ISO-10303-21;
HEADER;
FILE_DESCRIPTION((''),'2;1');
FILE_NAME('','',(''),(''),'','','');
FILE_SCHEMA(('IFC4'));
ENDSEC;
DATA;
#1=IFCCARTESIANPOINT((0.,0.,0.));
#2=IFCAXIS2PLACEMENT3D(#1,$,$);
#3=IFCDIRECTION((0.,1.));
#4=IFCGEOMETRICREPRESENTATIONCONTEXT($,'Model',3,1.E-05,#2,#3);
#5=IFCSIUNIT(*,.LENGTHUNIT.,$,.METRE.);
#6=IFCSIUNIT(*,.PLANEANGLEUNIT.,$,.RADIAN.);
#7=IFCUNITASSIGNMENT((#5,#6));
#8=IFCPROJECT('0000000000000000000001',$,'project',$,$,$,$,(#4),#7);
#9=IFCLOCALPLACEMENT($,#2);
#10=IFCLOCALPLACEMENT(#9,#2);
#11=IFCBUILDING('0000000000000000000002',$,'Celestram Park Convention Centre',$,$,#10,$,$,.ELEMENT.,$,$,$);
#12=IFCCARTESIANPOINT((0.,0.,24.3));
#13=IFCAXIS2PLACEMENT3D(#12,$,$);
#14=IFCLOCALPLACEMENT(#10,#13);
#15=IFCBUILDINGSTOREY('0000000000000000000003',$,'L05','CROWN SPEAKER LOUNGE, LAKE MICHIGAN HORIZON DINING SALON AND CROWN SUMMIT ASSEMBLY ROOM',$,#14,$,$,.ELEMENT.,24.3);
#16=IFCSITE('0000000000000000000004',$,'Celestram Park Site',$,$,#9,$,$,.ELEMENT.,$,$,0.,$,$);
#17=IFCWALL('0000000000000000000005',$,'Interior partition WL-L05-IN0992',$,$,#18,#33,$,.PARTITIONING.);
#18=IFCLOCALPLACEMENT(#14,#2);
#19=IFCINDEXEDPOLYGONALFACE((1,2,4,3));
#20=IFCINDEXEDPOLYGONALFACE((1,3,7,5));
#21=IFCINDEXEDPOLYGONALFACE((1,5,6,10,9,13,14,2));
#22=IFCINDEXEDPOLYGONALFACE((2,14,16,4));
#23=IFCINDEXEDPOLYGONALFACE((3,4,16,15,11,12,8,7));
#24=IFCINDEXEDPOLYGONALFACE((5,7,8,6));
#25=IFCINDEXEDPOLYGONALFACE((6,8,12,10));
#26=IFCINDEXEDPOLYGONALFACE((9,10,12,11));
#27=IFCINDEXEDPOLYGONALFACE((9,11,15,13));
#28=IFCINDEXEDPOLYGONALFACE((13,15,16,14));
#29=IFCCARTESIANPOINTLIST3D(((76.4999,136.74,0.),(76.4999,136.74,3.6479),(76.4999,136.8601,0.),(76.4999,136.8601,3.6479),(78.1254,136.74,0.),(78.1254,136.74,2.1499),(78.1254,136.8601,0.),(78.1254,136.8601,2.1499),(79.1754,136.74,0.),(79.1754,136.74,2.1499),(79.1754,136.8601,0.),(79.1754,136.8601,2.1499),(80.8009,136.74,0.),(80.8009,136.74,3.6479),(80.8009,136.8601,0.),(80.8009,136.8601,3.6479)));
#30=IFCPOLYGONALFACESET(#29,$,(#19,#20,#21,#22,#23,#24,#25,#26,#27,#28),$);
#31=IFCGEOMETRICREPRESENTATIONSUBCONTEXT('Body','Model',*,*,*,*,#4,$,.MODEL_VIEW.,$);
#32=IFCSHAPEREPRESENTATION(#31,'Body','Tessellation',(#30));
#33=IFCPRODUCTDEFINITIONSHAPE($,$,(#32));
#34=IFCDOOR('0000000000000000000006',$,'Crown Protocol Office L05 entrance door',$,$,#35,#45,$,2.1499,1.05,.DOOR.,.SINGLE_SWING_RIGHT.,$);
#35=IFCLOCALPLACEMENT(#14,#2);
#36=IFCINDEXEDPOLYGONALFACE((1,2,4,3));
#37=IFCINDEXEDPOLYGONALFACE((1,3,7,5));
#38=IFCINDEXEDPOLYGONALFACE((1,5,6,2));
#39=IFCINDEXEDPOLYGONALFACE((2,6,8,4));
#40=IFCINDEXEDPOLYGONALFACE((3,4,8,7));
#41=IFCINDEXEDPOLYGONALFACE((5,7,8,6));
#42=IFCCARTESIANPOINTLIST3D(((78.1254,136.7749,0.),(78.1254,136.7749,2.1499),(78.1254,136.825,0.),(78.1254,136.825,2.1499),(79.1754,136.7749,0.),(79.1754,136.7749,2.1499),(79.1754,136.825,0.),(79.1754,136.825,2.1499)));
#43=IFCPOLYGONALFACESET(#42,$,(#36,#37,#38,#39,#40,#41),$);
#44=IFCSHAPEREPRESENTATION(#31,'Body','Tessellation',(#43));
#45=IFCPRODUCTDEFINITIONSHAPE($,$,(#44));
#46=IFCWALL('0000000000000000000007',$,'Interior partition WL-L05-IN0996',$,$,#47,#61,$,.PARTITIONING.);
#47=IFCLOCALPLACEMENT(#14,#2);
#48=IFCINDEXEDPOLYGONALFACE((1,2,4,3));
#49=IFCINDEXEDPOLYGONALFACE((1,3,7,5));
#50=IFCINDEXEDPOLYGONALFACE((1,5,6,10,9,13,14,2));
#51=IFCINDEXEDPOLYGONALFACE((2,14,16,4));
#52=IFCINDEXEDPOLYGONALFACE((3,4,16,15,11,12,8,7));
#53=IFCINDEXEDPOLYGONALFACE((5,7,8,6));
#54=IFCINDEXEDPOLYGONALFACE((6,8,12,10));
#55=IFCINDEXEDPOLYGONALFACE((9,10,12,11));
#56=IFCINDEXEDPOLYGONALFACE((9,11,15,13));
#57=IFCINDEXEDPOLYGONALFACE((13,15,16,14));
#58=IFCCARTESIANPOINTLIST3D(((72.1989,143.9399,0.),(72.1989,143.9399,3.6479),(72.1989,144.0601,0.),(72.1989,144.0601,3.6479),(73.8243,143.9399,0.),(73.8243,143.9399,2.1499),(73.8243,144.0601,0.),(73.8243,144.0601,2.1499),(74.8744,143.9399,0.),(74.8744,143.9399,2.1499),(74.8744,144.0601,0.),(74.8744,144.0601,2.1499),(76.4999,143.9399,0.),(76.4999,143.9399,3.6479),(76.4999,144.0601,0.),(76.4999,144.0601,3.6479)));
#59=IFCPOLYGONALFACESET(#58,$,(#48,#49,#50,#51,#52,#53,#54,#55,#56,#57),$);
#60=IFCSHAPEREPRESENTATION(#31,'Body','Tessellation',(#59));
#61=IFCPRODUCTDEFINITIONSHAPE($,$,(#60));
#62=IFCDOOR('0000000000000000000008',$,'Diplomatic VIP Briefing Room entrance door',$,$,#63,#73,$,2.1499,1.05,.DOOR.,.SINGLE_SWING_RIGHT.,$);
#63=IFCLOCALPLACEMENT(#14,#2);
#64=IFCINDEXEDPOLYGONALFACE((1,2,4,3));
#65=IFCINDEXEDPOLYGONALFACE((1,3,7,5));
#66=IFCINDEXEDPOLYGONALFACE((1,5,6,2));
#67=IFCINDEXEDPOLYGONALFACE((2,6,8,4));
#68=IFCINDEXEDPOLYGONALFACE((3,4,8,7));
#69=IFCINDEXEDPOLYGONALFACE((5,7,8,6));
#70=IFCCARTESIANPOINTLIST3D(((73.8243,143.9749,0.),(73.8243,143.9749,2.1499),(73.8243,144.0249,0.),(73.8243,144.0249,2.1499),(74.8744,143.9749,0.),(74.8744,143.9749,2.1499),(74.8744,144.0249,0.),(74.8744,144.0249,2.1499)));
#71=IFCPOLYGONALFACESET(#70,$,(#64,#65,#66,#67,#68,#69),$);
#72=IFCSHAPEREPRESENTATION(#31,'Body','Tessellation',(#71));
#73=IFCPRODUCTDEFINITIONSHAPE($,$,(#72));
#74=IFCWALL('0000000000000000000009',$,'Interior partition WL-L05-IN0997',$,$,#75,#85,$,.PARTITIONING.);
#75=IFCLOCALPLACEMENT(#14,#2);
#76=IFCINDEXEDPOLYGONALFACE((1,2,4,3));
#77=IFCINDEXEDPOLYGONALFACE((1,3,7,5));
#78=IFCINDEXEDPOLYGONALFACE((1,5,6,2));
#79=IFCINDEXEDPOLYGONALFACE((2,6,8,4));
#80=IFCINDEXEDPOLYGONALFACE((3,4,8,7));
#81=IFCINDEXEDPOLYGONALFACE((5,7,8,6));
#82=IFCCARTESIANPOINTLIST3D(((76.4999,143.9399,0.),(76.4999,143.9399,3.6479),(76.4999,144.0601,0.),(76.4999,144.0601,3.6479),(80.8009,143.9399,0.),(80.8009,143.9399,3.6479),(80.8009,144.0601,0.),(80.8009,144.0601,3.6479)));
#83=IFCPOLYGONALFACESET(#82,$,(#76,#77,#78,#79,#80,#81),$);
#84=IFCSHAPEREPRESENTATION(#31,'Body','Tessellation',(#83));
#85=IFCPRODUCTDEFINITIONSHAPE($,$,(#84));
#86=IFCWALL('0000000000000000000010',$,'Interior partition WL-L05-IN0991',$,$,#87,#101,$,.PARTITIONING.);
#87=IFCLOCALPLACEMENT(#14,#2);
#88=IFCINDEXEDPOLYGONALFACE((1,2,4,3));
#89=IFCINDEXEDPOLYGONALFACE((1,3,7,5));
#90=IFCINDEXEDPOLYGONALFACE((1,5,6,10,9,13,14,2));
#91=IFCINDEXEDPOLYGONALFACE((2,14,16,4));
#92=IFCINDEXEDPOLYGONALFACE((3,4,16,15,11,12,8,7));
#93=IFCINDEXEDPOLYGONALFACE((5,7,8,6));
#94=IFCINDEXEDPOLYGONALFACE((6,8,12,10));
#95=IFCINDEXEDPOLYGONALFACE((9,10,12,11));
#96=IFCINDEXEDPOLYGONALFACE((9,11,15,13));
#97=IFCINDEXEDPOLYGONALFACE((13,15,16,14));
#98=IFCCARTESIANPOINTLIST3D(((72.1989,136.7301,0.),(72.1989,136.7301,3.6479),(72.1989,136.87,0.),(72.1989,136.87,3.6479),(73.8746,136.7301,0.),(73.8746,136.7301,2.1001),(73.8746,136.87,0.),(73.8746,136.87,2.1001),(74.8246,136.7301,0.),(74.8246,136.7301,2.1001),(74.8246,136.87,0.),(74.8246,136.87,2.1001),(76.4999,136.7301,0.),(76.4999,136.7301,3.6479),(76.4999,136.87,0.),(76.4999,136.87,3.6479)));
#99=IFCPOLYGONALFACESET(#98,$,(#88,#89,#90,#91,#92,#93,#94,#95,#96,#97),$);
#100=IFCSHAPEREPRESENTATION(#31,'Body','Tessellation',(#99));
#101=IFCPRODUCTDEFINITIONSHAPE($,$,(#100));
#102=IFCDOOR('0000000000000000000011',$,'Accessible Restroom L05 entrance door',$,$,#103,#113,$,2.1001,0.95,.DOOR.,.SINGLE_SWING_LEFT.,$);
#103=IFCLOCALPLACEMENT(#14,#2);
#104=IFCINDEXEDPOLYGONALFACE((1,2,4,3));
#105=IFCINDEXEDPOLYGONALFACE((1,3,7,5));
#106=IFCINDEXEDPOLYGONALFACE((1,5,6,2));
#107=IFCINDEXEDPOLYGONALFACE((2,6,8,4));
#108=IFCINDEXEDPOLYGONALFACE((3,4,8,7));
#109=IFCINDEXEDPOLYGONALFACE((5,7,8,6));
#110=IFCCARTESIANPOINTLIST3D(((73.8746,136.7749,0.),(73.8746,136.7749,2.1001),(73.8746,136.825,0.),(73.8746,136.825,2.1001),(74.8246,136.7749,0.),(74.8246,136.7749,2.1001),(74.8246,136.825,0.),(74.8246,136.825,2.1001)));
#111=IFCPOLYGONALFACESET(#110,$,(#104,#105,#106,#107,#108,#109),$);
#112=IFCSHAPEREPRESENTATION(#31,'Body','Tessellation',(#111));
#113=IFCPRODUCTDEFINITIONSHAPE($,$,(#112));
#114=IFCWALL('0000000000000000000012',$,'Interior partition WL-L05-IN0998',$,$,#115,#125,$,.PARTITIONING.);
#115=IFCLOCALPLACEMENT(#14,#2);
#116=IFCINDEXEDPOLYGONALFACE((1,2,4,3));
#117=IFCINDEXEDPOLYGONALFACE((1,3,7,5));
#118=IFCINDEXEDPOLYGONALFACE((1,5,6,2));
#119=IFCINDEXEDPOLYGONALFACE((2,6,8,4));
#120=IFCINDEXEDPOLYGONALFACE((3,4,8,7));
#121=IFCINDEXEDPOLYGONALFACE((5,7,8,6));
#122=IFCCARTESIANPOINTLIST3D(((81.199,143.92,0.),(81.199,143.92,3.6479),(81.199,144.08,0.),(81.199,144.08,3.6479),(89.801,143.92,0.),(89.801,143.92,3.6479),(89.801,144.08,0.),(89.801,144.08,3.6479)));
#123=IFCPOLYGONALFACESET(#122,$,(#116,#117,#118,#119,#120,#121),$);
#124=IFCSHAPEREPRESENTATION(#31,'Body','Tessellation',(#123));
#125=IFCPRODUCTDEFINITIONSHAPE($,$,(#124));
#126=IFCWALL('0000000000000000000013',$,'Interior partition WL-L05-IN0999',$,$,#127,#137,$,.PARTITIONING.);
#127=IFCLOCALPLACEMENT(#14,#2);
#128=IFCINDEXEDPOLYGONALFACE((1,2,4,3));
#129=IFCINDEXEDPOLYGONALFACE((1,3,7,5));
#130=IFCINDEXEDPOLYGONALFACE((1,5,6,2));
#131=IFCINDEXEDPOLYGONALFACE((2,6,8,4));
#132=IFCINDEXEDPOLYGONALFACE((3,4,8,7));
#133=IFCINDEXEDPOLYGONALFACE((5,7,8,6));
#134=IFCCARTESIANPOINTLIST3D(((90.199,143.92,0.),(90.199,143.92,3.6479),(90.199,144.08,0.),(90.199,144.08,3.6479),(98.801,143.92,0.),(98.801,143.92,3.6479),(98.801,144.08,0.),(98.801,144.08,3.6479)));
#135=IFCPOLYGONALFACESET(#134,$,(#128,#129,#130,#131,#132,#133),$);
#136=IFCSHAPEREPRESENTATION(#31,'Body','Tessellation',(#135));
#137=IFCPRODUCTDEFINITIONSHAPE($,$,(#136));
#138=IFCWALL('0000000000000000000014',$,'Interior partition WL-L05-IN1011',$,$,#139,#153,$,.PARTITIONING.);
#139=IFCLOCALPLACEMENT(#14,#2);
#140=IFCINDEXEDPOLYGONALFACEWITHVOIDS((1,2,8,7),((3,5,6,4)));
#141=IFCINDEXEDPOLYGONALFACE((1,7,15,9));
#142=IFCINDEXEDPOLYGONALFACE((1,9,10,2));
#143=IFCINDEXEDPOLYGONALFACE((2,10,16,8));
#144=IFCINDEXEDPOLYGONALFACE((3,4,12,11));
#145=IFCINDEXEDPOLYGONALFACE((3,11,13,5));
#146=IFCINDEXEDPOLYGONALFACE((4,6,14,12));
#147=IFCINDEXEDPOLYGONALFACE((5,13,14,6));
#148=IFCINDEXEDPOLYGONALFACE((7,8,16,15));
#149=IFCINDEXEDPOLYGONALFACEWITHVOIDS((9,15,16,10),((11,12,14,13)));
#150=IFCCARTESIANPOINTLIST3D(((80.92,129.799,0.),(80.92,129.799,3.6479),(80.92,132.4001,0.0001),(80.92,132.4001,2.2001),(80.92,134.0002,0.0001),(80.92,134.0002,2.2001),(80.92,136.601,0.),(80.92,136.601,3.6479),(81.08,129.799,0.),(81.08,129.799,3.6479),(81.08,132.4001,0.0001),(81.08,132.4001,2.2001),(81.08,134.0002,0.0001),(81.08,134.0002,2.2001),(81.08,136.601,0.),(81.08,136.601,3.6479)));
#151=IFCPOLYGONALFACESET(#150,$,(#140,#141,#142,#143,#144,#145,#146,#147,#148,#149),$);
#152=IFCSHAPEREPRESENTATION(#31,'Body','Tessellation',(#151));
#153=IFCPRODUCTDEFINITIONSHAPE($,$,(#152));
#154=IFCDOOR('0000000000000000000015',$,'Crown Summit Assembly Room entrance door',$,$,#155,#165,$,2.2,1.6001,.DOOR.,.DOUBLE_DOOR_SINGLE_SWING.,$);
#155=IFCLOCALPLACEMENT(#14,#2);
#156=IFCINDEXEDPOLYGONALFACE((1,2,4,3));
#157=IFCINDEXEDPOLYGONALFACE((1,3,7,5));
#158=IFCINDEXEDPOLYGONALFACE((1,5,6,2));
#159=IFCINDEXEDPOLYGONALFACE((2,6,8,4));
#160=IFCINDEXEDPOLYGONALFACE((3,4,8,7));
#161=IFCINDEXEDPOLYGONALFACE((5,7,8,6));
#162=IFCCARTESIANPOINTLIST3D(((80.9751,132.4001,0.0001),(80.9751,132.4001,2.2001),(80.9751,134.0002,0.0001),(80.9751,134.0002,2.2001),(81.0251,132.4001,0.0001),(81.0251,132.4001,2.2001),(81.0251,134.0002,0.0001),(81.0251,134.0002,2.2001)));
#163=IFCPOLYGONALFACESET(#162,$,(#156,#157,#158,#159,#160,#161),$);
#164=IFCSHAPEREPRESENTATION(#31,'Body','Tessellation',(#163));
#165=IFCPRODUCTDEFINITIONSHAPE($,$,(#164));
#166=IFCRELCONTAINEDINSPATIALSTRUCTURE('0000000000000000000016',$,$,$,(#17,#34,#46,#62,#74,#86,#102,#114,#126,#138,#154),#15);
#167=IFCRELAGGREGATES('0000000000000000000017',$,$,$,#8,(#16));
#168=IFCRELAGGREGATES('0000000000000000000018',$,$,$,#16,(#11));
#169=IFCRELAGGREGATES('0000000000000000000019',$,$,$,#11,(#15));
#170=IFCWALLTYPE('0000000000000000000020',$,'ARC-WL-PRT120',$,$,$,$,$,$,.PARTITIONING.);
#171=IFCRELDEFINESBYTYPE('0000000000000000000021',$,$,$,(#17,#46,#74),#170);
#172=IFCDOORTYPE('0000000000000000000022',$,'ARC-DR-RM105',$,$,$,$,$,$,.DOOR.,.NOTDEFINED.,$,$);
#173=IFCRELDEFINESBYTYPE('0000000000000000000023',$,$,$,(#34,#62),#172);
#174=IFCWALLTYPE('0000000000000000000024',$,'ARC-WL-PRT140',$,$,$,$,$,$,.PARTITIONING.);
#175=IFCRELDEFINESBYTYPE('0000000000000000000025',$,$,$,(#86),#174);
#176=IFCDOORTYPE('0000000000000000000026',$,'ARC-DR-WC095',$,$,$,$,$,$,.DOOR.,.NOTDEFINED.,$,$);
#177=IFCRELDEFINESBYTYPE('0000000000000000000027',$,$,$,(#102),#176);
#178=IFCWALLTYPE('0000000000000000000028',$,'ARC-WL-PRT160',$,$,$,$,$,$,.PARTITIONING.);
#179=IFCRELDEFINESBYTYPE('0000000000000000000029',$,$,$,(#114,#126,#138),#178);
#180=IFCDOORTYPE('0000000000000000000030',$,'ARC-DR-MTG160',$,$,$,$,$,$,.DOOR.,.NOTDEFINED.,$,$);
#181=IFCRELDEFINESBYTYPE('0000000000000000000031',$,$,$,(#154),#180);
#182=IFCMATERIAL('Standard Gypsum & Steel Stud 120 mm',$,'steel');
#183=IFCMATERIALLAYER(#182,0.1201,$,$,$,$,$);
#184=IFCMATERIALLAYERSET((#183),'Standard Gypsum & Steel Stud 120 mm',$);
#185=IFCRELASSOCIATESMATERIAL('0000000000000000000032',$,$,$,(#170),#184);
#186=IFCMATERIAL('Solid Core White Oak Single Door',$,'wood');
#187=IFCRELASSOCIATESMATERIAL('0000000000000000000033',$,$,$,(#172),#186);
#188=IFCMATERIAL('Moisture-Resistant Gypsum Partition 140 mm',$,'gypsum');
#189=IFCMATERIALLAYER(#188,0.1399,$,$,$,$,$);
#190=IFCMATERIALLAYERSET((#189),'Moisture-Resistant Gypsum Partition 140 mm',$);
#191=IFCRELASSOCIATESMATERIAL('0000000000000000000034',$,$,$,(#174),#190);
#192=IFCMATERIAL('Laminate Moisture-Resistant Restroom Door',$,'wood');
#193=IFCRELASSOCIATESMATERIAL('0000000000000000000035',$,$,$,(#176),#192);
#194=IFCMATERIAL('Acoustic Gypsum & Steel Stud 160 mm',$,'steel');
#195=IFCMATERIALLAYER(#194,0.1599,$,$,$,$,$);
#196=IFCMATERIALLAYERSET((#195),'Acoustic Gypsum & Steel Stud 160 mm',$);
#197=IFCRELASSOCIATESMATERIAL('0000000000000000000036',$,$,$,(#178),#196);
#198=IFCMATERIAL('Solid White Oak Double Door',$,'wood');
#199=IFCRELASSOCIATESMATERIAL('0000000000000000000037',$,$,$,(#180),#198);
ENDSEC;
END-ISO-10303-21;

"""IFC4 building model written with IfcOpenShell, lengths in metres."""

from ifc_helpers import new_model, si_unit, direction, frame, frame_2d, origin, place, context, subcontext, project, spatial, rectangle, extrude, material, layer, layer_set, type_object, element, fill, save


model = new_model("IFC4")

# Units and contexts
model_context = context("Model", 3, precision=1e-05, world=origin(), true_north=direction((0.0, 1.0)))
body_context = subcontext(model_context, "Body", "Model", "MODEL_VIEW")
ifc_project = project(units=[si_unit("LENGTHUNIT", "METRE"), si_unit("PLANEANGLEUNIT", "RADIAN")], contexts=[model_context])

# Site, building, storey
site_placement = place(None, origin())
site = spatial("IfcSite", under=ifc_project, at=site_placement, Name="Celestram Park Site", CompositionType="ELEMENT", RefElevation=0.0)
building_placement = place(site_placement, origin())
building = spatial("IfcBuilding", under=site, at=building_placement, Name="Celestram Park Convention Centre", CompositionType="ELEMENT")
storey_placement = place(building_placement, frame((0.0, 0.0, 24.3)))
storey = spatial("IfcBuildingStorey", under=building, at=storey_placement, Name="L05", Description="CROWN SPEAKER LOUNGE, LAKE MICHIGAN HORIZON DINING SALON AND CROWN SUMMIT ASSEMBLY ROOM", CompositionType="ELEMENT", Elevation=24.3)

# Walls, openings, doors
ifc_material_1 = material(Name="Standard Gypsum & Steel Stud 120 mm", Category="steel")
ifc_layer_1 = layer(ifc_material_1, 0.1201)
ifc_layer_set_1 = layer_set([ifc_layer_1], Name="Standard Gypsum & Steel Stud 120 mm")
wall_type_1 = type_object("IfcWallType", Name="ARC-WL-PRT120", PredefinedType="PARTITIONING", material=ifc_layer_set_1)
wall_1_placement = place(storey_placement, frame((76.5, 136.8, 0.0), z_axis=(0.0, 0.0, 1.0), x_axis=(1.0, 0.0, 0.0)))
wall_1 = element("IfcWall", 1, at=wall_1_placement, inside=storey, type_object=wall_type_1, Name="Interior partition WL-L05-IN0992", PredefinedType="PARTITIONING", context=body_context, shape_type="SweptSolid", body=[
    extrude(rectangle(XDim=4.301, YDim=0.1201, at=frame_2d((2.1504, 0.0))), origin(), (0.0, 0.0, 1.0), 3.6479),
])
opening_1_placement = place(wall_1_placement, frame((1.6255, 0.0, 0.0)))
opening_1 = element("IfcOpeningElement", 2, at=opening_1_placement, cuts=wall_1, PredefinedType="OPENING", context=body_context, shape_type="SweptSolid", body=[
    extrude(rectangle(XDim=1.05, YDim=2.1499, at=frame_2d((0.5249, 1.075))), frame((0.0, 0.0701, 0.0), z_axis=(0.0, -1.0, 0.0), x_axis=(1.0, 0.0, 0.0)), (0.0, 0.0, 1.0), 0.1401),
])
ifc_material_2 = material(Name="Solid Core White Oak Single Door", Category="wood")
door_type_1 = type_object("IfcDoorType", Name="ARC-DR-RM105", OperationType="NOTDEFINED", PredefinedType="DOOR", material=ifc_material_2)
door_1_placement = place(opening_1_placement, origin())
door_1 = element("IfcDoor", 3, at=door_1_placement, inside=storey, type_object=door_type_1, Name="Crown Protocol Office L05 entrance door", OperationType="SINGLE_SWING_RIGHT", OverallHeight=2.1499, OverallWidth=1.05, PredefinedType="DOOR", context=body_context, shape_type="SweptSolid", body=[
    extrude(rectangle(XDim=1.05, YDim=2.1499, at=frame_2d((0.5249, 1.075))), frame((0.0, 0.0249, 0.0), z_axis=(0.0, -1.0, 0.0), x_axis=(1.0, 0.0, 0.0)), (0.0, 0.0, 1.0), 0.05),
])
fill(opening_1, door_1)
wall_2_placement = place(storey_placement, frame((72.199, 144.0, 0.0), z_axis=(0.0, 0.0, 1.0), x_axis=(1.0, 0.0, 0.0)))
wall_2 = element("IfcWall", 4, at=wall_2_placement, inside=storey, type_object=wall_type_1, Name="Interior partition WL-L05-IN0996", PredefinedType="PARTITIONING", context=body_context, shape_type="SweptSolid", body=[
    extrude(rectangle(XDim=4.301, YDim=0.1201, at=frame_2d((2.1504, 0.0))), origin(), (0.0, 0.0, 1.0), 3.6479),
])
opening_2_placement = place(wall_2_placement, frame((1.6255, 0.0, 0.0)))
opening_2 = element("IfcOpeningElement", 5, at=opening_2_placement, cuts=wall_2, PredefinedType="OPENING", context=body_context, shape_type="SweptSolid", body=[
    extrude(rectangle(XDim=1.05, YDim=2.1499, at=frame_2d((0.5249, 1.075))), frame((0.0, 0.0701, 0.0), z_axis=(0.0, -1.0, 0.0), x_axis=(1.0, 0.0, 0.0)), (0.0, 0.0, 1.0), 0.1401),
])
door_2_placement = place(opening_2_placement, origin())
door_2 = element("IfcDoor", 6, at=door_2_placement, inside=storey, type_object=door_type_1, Name="Diplomatic VIP Briefing Room entrance door", OperationType="SINGLE_SWING_RIGHT", OverallHeight=2.1499, OverallWidth=1.05, PredefinedType="DOOR", context=body_context, shape_type="SweptSolid", body=[
    extrude(rectangle(XDim=1.05, YDim=2.1499, at=frame_2d((0.5249, 1.075))), frame((0.0, 0.0249, 0.0), z_axis=(0.0, -1.0, 0.0), x_axis=(1.0, 0.0, 0.0)), (0.0, 0.0, 1.0), 0.05),
])
fill(opening_2, door_2)

# Wall
wall_3_placement = place(storey_placement, frame((76.5, 144.0, 0.0), z_axis=(0.0, 0.0, 1.0), x_axis=(1.0, 0.0, 0.0)))
element("IfcWall", 7, at=wall_3_placement, inside=storey, type_object=wall_type_1, Name="Interior partition WL-L05-IN0997", PredefinedType="PARTITIONING", context=body_context, shape_type="SweptSolid", body=[
    extrude(rectangle(XDim=4.301, YDim=0.1201, at=frame_2d((2.1504, 0.0))), origin(), (0.0, 0.0, 1.0), 3.6479),
])

# Wall, opening, door
ifc_material_3 = material(Name="Moisture-Resistant Gypsum Partition 140 mm", Category="gypsum")
ifc_layer_2 = layer(ifc_material_3, 0.1399)
ifc_layer_set_2 = layer_set([ifc_layer_2], Name="Moisture-Resistant Gypsum Partition 140 mm")
wall_type_2 = type_object("IfcWallType", Name="ARC-WL-PRT140", PredefinedType="PARTITIONING", material=ifc_layer_set_2)
wall_4_placement = place(storey_placement, frame((72.199, 136.8, 0.0), z_axis=(0.0, 0.0, 1.0), x_axis=(1.0, 0.0, 0.0)))
wall_4 = element("IfcWall", 8, at=wall_4_placement, inside=storey, type_object=wall_type_2, Name="Interior partition WL-L05-IN0991", PredefinedType="PARTITIONING", context=body_context, shape_type="SweptSolid", body=[
    extrude(rectangle(XDim=4.301, YDim=0.1399, at=frame_2d((2.1504, 0.0))), origin(), (0.0, 0.0, 1.0), 3.6479),
])
opening_3_placement = place(wall_4_placement, frame((1.6755, 0.0, 0.0)))
opening_3 = element("IfcOpeningElement", 9, at=opening_3_placement, cuts=wall_4, PredefinedType="OPENING", context=body_context, shape_type="SweptSolid", body=[
    extrude(rectangle(XDim=0.95, YDim=2.1001, at=frame_2d((0.4751, 1.05))), frame((0.0, 0.0798, 0.0), z_axis=(0.0, -1.0, 0.0), x_axis=(1.0, 0.0, 0.0)), (0.0, 0.0, 1.0), 0.1599),
])
ifc_material_4 = material(Name="Laminate Moisture-Resistant Restroom Door", Category="wood")
door_type_2 = type_object("IfcDoorType", Name="ARC-DR-WC095", OperationType="NOTDEFINED", PredefinedType="DOOR", material=ifc_material_4)
door_3_placement = place(opening_3_placement, origin())
door_3 = element("IfcDoor", 10, at=door_3_placement, inside=storey, type_object=door_type_2, Name="Accessible Restroom L05 entrance door", OperationType="SINGLE_SWING_LEFT", OverallHeight=2.1001, OverallWidth=0.95, PredefinedType="DOOR", context=body_context, shape_type="SweptSolid", body=[
    extrude(rectangle(XDim=0.95, YDim=2.1001, at=frame_2d((0.4751, 1.05))), frame((0.0, 0.0249, 0.0), z_axis=(0.0, -1.0, 0.0), x_axis=(1.0, 0.0, 0.0)), (0.0, 0.0, 1.0), 0.05),
])
fill(opening_3, door_3)

# Walls
ifc_material_5 = material(Name="Acoustic Gypsum & Steel Stud 160 mm", Category="steel")
ifc_layer_3 = layer(ifc_material_5, 0.1599)
ifc_layer_set_3 = layer_set([ifc_layer_3], Name="Acoustic Gypsum & Steel Stud 160 mm")
wall_type_3 = type_object("IfcWallType", Name="ARC-WL-PRT160", PredefinedType="PARTITIONING", material=ifc_layer_set_3)
for number, where, z_axis, x_axis, name in (
    (11, (81.199, 144.0, 0.0), (0.0, 0.0, 1.0), (1.0, 0.0, 0.0), "Interior partition WL-L05-IN0998"),
    (12, (90.199, 144.0, 0.0), (0.0, 0.0, 1.0), (1.0, 0.0, 0.0), "Interior partition WL-L05-IN0999"),
):
    element("IfcWall", number, at=place(storey_placement, frame(where, z_axis=z_axis, x_axis=x_axis)), inside=storey, type_object=wall_type_3, Name=name, PredefinedType="PARTITIONING", context=body_context, shape_type="SweptSolid", body=[
        extrude(rectangle(XDim=8.6021, YDim=0.1599, at=frame_2d((4.301, 0.0))), origin(), (0.0, 0.0, 1.0), 3.6479),
    ])

# Wall, opening, door
wall_5_placement = place(storey_placement, frame((81.0, 129.7991, 0.0), z_axis=(0.0, 0.0, 1.0), x_axis=(0.0, 1.0, 0.0)))
wall_5 = element("IfcWall", 13, at=wall_5_placement, inside=storey, type_object=wall_type_3, Name="Interior partition WL-L05-IN1011", PredefinedType="PARTITIONING", context=body_context, shape_type="SweptSolid", body=[
    extrude(rectangle(XDim=6.802, YDim=0.1599, at=frame_2d((3.4009, 0.0))), origin(), (0.0, 0.0, 1.0), 3.6479),
])
opening_4_placement = place(wall_5_placement, frame((2.6011, 0.0, 0.0)))
opening_4 = element("IfcOpeningElement", 14, at=opening_4_placement, cuts=wall_5, PredefinedType="OPENING", context=body_context, shape_type="SweptSolid", body=[
    extrude(rectangle(XDim=1.6001, YDim=2.2, at=frame_2d((0.8, 1.1001))), frame((0.0, 0.0898, 0.0), z_axis=(0.0, -1.0, 0.0), x_axis=(1.0, 0.0, 0.0)), (0.0, 0.0, 1.0), 0.1799),
])
ifc_material_6 = material(Name="Solid White Oak Double Door", Category="wood")
door_type_3 = type_object("IfcDoorType", Name="ARC-DR-MTG160", OperationType="NOTDEFINED", PredefinedType="DOOR", material=ifc_material_6)
door_4_placement = place(opening_4_placement, origin())
door_4 = element("IfcDoor", 15, at=door_4_placement, inside=storey, type_object=door_type_3, Name="Crown Summit Assembly Room entrance door", OperationType="DOUBLE_DOOR_SINGLE_SWING", OverallHeight=2.2, OverallWidth=1.6001, PredefinedType="DOOR", context=body_context, shape_type="SweptSolid", body=[
    extrude(rectangle(XDim=1.6001, YDim=2.2, at=frame_2d((0.8, 1.1001))), frame((0.0, 0.0249, 0.0), z_axis=(0.0, -1.0, 0.0), x_axis=(1.0, 0.0, 0.0)), (0.0, 0.0, 1.0), 0.05),
])
fill(opening_4, door_4)

save(model, "model.ifc")
